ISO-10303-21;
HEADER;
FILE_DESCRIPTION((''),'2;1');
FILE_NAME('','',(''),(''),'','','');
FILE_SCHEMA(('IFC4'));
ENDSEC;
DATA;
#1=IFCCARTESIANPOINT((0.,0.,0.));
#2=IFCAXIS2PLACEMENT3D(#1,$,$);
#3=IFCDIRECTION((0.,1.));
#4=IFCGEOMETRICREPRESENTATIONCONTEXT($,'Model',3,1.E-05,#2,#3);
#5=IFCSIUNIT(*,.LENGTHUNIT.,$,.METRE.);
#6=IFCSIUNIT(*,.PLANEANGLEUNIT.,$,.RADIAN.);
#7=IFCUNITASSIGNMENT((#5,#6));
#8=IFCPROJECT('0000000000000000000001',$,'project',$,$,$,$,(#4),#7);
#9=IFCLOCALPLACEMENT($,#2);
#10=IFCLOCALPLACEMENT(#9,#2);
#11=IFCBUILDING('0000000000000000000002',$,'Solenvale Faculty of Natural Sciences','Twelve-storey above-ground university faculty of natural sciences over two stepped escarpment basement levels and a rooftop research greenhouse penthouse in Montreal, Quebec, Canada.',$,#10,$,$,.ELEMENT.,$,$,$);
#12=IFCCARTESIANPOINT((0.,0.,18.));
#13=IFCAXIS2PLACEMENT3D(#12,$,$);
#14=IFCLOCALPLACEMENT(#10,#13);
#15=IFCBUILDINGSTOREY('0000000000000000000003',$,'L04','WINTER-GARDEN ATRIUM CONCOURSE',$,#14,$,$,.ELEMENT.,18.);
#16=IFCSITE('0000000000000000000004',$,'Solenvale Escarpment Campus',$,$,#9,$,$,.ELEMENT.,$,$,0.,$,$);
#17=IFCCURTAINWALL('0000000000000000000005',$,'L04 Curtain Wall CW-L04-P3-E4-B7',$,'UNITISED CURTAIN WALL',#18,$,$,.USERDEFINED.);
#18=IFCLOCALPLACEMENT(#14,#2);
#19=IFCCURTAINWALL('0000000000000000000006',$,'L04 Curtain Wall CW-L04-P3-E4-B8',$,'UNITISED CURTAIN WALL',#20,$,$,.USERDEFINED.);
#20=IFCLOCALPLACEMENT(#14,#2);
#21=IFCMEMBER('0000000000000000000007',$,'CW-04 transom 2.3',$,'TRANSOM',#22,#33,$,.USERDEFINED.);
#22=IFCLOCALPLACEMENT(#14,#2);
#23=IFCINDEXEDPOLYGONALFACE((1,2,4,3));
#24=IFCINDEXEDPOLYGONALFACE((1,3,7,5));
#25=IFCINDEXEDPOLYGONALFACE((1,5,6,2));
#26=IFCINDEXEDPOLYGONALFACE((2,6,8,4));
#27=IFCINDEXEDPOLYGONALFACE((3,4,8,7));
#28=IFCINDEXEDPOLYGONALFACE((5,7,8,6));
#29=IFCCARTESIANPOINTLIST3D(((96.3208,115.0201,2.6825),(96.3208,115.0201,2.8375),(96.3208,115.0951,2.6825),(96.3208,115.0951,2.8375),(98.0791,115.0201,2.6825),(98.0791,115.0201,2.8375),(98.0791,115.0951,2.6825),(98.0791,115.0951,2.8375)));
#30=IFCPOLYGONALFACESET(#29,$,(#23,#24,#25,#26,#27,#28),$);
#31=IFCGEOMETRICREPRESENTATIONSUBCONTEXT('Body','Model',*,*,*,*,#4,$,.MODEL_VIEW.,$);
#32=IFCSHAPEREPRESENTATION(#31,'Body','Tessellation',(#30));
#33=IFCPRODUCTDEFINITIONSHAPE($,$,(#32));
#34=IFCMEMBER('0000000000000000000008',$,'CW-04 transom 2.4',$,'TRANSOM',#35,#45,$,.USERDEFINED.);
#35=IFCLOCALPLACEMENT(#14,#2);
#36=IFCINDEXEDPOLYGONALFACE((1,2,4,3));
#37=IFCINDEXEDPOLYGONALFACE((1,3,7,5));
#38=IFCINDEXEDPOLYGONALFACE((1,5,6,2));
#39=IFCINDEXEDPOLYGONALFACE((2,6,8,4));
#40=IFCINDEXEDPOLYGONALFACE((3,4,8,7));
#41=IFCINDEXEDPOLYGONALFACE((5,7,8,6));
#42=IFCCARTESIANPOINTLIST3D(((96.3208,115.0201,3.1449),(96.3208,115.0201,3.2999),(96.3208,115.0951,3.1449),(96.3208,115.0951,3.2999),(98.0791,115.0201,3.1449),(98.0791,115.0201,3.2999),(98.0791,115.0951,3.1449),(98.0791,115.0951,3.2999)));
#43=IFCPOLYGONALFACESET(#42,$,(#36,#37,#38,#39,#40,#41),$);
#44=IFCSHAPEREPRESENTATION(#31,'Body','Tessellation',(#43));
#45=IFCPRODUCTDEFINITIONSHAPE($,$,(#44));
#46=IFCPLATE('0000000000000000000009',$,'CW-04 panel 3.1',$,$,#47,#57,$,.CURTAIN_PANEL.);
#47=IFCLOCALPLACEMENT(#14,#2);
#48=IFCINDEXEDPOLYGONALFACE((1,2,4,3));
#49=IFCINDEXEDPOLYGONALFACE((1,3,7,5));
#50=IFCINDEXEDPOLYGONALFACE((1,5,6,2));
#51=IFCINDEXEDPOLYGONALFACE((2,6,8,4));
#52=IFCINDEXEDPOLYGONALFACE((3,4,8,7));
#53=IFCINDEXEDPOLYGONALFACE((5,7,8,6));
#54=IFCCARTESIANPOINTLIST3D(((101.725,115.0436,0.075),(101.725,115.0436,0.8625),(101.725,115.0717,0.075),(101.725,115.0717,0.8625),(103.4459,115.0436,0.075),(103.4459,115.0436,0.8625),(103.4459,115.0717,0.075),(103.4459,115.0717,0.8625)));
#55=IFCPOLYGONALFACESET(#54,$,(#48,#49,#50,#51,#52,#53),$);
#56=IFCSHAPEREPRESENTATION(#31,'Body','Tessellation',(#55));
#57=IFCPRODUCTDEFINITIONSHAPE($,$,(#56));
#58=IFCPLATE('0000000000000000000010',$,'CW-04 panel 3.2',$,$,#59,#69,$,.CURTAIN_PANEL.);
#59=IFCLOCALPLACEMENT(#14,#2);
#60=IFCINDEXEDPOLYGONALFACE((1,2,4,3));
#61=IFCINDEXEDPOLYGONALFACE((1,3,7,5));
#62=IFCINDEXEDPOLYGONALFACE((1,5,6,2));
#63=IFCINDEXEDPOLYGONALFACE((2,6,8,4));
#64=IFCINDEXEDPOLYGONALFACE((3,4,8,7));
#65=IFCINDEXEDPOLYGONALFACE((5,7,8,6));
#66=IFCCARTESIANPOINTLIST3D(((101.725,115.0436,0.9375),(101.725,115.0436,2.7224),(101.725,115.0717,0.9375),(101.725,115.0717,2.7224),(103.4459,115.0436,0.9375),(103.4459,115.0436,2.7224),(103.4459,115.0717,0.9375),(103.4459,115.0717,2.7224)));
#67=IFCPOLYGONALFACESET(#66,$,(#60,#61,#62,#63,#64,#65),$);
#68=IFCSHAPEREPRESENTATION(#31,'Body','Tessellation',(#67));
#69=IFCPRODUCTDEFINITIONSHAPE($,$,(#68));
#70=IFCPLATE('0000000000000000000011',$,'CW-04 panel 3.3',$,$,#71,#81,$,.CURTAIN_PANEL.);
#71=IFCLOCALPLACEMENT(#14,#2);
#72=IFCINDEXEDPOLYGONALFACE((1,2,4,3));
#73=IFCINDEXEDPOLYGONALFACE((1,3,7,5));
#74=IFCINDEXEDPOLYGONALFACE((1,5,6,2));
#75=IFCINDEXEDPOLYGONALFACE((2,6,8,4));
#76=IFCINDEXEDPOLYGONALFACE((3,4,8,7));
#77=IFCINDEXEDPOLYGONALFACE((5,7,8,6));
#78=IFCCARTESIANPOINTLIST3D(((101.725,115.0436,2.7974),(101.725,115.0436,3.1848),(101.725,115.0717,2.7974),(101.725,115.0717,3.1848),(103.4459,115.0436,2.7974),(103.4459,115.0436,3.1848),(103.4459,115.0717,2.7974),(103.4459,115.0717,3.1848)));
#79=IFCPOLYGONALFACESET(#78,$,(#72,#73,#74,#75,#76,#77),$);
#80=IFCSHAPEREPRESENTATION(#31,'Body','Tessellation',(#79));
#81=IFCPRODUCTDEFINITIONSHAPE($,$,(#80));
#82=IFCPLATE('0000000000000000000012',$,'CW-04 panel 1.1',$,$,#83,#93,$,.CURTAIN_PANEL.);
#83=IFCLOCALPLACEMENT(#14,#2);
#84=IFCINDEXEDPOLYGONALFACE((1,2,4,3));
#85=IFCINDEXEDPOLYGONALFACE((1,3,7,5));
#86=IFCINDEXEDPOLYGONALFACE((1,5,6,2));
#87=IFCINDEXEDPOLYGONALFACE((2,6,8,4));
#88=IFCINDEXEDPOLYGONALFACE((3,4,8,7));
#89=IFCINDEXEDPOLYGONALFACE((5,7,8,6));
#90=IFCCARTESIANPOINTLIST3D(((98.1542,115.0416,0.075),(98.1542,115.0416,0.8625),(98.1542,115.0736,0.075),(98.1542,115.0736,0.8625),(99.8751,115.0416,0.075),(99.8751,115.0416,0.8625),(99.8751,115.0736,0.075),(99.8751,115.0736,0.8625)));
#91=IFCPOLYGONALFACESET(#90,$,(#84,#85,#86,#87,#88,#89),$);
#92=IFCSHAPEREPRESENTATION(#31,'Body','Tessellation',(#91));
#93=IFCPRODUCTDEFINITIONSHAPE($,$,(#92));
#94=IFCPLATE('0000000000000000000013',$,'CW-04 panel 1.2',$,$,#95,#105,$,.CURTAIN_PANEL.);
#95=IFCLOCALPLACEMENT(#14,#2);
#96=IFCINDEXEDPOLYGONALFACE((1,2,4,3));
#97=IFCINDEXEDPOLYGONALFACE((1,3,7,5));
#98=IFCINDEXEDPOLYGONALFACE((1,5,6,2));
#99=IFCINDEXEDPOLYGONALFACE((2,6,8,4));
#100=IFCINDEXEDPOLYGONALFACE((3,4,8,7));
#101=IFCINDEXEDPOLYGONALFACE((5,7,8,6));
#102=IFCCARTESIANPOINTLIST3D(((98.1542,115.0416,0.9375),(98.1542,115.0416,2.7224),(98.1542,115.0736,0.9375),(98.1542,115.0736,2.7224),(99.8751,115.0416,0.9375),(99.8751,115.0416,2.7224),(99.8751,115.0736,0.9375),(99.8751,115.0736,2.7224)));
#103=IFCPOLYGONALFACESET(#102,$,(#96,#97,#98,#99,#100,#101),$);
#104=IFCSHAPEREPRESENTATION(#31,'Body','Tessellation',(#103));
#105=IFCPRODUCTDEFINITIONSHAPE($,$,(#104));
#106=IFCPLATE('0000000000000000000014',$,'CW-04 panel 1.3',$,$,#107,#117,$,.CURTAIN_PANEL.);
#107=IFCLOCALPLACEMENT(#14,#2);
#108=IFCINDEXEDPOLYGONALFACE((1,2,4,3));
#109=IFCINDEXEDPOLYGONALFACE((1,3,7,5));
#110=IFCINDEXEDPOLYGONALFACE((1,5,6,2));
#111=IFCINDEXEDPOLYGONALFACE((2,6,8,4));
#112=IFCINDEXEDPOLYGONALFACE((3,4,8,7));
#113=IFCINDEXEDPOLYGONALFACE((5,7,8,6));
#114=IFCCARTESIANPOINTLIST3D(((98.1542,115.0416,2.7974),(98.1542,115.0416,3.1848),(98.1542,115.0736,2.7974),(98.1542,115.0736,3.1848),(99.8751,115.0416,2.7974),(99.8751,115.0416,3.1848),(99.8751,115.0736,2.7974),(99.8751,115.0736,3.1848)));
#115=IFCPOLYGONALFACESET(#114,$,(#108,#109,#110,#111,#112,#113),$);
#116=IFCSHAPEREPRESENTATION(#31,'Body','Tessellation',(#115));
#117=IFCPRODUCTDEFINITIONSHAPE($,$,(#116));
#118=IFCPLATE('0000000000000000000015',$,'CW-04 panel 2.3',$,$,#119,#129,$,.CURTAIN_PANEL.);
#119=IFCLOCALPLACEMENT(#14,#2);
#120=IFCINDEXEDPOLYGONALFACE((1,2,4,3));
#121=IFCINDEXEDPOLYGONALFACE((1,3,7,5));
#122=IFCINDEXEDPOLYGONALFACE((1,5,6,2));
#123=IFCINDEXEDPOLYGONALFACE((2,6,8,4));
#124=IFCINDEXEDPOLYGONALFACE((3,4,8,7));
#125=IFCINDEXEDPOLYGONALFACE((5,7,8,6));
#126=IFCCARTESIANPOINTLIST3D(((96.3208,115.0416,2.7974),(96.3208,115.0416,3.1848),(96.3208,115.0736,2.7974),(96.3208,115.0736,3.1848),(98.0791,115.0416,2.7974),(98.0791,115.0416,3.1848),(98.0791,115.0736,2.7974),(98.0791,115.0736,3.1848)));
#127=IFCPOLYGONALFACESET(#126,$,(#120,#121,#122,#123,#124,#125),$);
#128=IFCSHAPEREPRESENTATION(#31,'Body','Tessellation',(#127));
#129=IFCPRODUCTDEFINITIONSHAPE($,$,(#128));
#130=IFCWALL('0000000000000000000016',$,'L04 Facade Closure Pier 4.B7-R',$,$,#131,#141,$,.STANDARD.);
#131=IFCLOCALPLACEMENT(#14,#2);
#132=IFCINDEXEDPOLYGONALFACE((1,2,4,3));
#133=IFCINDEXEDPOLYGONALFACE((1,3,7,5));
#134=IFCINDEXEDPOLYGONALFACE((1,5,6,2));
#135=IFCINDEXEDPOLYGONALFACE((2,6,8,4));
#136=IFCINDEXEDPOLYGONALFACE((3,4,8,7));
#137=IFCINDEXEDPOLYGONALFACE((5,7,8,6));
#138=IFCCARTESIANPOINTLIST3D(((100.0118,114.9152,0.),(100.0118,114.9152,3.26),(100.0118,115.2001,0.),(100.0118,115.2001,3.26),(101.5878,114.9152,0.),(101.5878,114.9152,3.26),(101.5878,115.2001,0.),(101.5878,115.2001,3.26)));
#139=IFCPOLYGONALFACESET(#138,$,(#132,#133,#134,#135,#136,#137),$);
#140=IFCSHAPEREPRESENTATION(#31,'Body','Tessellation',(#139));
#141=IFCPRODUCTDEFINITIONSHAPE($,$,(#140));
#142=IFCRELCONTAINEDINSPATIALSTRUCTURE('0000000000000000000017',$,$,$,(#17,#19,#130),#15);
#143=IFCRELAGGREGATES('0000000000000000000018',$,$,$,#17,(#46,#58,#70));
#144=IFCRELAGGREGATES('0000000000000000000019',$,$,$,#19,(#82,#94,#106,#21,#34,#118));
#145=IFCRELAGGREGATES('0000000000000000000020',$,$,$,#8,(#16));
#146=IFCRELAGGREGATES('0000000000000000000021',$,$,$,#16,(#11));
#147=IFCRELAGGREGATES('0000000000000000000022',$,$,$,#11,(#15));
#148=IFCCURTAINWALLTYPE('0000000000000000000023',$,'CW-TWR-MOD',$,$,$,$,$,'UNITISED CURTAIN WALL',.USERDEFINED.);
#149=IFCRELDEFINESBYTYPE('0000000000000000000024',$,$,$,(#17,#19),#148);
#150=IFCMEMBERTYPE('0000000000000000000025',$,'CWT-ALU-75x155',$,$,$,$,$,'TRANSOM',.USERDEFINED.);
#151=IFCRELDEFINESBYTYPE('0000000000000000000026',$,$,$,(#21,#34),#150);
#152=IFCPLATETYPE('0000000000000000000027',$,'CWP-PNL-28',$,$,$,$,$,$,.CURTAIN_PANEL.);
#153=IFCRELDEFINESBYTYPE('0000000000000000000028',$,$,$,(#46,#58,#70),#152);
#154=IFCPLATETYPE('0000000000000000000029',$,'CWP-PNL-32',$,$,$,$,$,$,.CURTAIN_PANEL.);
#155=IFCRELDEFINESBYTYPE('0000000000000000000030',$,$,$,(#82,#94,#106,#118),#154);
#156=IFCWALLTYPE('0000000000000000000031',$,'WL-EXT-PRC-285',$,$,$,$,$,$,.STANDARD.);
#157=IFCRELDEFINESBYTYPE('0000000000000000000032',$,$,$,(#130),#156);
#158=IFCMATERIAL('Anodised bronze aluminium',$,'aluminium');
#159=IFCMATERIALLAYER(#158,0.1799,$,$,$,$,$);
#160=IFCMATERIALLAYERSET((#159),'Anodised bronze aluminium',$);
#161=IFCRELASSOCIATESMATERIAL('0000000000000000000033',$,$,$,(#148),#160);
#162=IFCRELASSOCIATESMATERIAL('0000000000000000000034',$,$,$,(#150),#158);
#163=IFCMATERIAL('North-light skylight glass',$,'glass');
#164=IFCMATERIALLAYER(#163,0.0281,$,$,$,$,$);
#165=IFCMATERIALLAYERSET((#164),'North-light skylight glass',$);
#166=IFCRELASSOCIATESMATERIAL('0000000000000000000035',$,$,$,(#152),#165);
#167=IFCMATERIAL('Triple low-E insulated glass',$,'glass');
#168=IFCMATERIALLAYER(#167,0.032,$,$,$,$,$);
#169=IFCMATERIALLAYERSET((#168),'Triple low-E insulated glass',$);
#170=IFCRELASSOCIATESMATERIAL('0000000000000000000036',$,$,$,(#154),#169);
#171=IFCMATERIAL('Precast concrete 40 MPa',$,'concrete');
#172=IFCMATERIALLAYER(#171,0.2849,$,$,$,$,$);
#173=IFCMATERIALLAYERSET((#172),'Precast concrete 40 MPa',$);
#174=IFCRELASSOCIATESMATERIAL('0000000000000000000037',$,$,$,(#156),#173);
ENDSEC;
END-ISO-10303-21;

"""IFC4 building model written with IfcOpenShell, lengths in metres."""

from ifc_helpers import new_model, si_unit, direction, frame, frame_2d, origin, origin_2d, place, context, subcontext, project, spatial, rectangle, extrude, material, layer, layer_set, material_profile, profile_set, type_object, element, aggregate, save


model = new_model("IFC4")

# Units and contexts
model_context = context("Model", 3, precision=1e-05, world=origin(), true_north=direction((0.0, 1.0)))
body_context = subcontext(model_context, "Body", "Model", "MODEL_VIEW")
ifc_project = project(units=[si_unit("LENGTHUNIT", "METRE"), si_unit("PLANEANGLEUNIT", "RADIAN")], contexts=[model_context])

# Site, building, storey
site_placement = place(None, origin())
site = spatial("IfcSite", under=ifc_project, at=site_placement, Name="Solenvale Escarpment Campus", CompositionType="ELEMENT", RefElevation=0.0)
building_placement = place(site_placement, origin())
building = spatial("IfcBuilding", under=site, at=building_placement, Name="Solenvale Faculty of Natural Sciences", Description="Twelve-storey above-ground university faculty of natural sciences over two stepped escarpment basement levels and a rooftop research greenhouse penthouse in Montreal, Quebec, Canada.", CompositionType="ELEMENT")
storey_placement = place(building_placement, frame((0.0, 0.0, 18.0)))
storey = spatial("IfcBuildingStorey", under=building, at=storey_placement, Name="L04", Description="WINTER-GARDEN ATRIUM CONCOURSE", CompositionType="ELEMENT", Elevation=18.0)

# Shared definitions
ifc_material_1 = material(Name="Precast concrete 40 MPa", Category="concrete")

# Curtain wall
ifc_material_2 = material(Name="Anodised bronze aluminium", Category="aluminium")
ifc_layer_1 = layer(ifc_material_2, 0.1799)
ifc_layer_set_1 = layer_set([ifc_layer_1], Name="Anodised bronze aluminium")
curtain_wall_type = type_object("IfcCurtainWallType", Name="CW-TWR-MOD", ElementType="UNITISED CURTAIN WALL", PredefinedType="USERDEFINED", material=ifc_layer_set_1)
curtain_wall_1_placement = place(storey_placement, origin())
curtain_wall_1 = element("IfcCurtainWall", 1, at=curtain_wall_1_placement, inside=storey, type_object=curtain_wall_type, Name="L04 Curtain Wall CW-L04-P3-E4-B7", ObjectType="UNITISED CURTAIN WALL", PredefinedType="USERDEFINED")

# Curtain wall
curtain_wall_2_placement = place(storey_placement, origin())
curtain_wall_2 = element("IfcCurtainWall", 2, at=curtain_wall_2_placement, inside=storey, type_object=curtain_wall_type, Name="L04 Curtain Wall CW-L04-P3-E4-B8", ObjectType="UNITISED CURTAIN WALL", PredefinedType="USERDEFINED")

# Members
ifc_material_profile_1 = material_profile(ifc_material_2, rectangle(XDim=0.075, YDim=0.155, at=origin_2d()), Name="ALU-TRN-75x155")
ifc_profile_set_1 = profile_set([ifc_material_profile_1], Name="Anodised bronze aluminium")
member_type_1 = type_object("IfcMemberType", Name="CWT-ALU-75x155", ElementType="TRANSOM", PredefinedType="USERDEFINED", material=ifc_profile_set_1)
member_1_placement = place(storey_placement, frame((98.0791, 115.0576, 2.76), z_axis=(-1.0, 0.0, 0.0), x_axis=(0.0, -1.0, 0.0)))
member_1 = element("IfcMember", 3, at=member_1_placement, type_object=member_type_1, Name="CW-04 transom 2.3", ObjectType="TRANSOM", PredefinedType="USERDEFINED", context=body_context, shape_type="SweptSolid", body=[
    extrude(rectangle(XDim=0.075, YDim=0.155, at=origin_2d()), origin(), (0.0, 0.0, 1.0), 1.7583),
])
member_2_placement = place(storey_placement, frame((98.0791, 115.0576, 3.2224), z_axis=(-1.0, 0.0, 0.0), x_axis=(0.0, -1.0, 0.0)))
member_2 = element("IfcMember", 4, at=member_2_placement, type_object=member_type_1, Name="CW-04 transom 2.4", ObjectType="TRANSOM", PredefinedType="USERDEFINED", context=body_context, shape_type="SweptSolid", body=[
    extrude(rectangle(XDim=0.075, YDim=0.155, at=origin_2d()), origin(), (0.0, 0.0, 1.0), 1.7583),
])

# Plates
ifc_material_3 = material(Name="North-light skylight glass", Category="glass")
ifc_layer_2 = layer(ifc_material_3, 0.0281)
ifc_layer_set_2 = layer_set([ifc_layer_2], Name="North-light skylight glass")
plate_type_1 = type_object("IfcPlateType", Name="CWP-PNL-28", PredefinedType="CURTAIN_PANEL", material=ifc_layer_set_2)
plate_1_placement = place(storey_placement, frame((102.5854, 115.0576, 0.075), z_axis=(0.0, 0.0, 1.0), x_axis=(-1.0, 0.0, 0.0)))
plate_1 = element("IfcPlate", 5, at=plate_1_placement, type_object=plate_type_1, Name="CW-04 panel 3.1", PredefinedType="CURTAIN_PANEL", context=body_context, shape_type="SweptSolid", body=[
    extrude(rectangle(XDim=1.7209, YDim=0.0281, at=origin_2d()), origin(), (0.0, 0.0, 1.0), 0.7876),
])
plate_2_placement = place(storey_placement, frame((102.5854, 115.0576, 0.9375), z_axis=(0.0, 0.0, 1.0), x_axis=(-1.0, 0.0, 0.0)))
plate_2 = element("IfcPlate", 6, at=plate_2_placement, type_object=plate_type_1, Name="CW-04 panel 3.2", PredefinedType="CURTAIN_PANEL", context=body_context, shape_type="SweptSolid", body=[
    extrude(rectangle(XDim=1.7209, YDim=0.0281, at=origin_2d()), origin(), (0.0, 0.0, 1.0), 1.7849),
])
plate_3_placement = place(storey_placement, frame((102.5854, 115.0576, 2.7974), z_axis=(0.0, 0.0, 1.0), x_axis=(-1.0, 0.0, 0.0)))
plate_3 = element("IfcPlate", 7, at=plate_3_placement, type_object=plate_type_1, Name="CW-04 panel 3.3", PredefinedType="CURTAIN_PANEL", context=body_context, shape_type="SweptSolid", body=[
    extrude(rectangle(XDim=1.7209, YDim=0.0281, at=origin_2d()), origin(), (0.0, 0.0, 1.0), 0.3875),
])
aggregate(curtain_wall_1, [plate_1, plate_2, plate_3])
ifc_material_4 = material(Name="Triple low-E insulated glass", Category="glass")
ifc_layer_3 = layer(ifc_material_4, 0.032)
ifc_layer_set_3 = layer_set([ifc_layer_3], Name="Triple low-E insulated glass")
plate_type_2 = type_object("IfcPlateType", Name="CWP-PNL-32", PredefinedType="CURTAIN_PANEL", material=ifc_layer_set_3)
plate_4_placement = place(storey_placement, frame((99.0146, 115.0576, 0.075), z_axis=(0.0, 0.0, 1.0), x_axis=(-1.0, 0.0, 0.0)))
plate_4 = element("IfcPlate", 8, at=plate_4_placement, type_object=plate_type_2, Name="CW-04 panel 1.1", PredefinedType="CURTAIN_PANEL", context=body_context, shape_type="SweptSolid", body=[
    extrude(rectangle(XDim=1.7209, YDim=0.032, at=origin_2d()), origin(), (0.0, 0.0, 1.0), 0.7876),
])
plate_5_placement = place(storey_placement, frame((99.0146, 115.0576, 0.9375), z_axis=(0.0, 0.0, 1.0), x_axis=(-1.0, 0.0, 0.0)))
plate_5 = element("IfcPlate", 9, at=plate_5_placement, type_object=plate_type_2, Name="CW-04 panel 1.2", PredefinedType="CURTAIN_PANEL", context=body_context, shape_type="SweptSolid", body=[
    extrude(rectangle(XDim=1.7209, YDim=0.032, at=origin_2d()), origin(), (0.0, 0.0, 1.0), 1.7849),
])
plate_6_placement = place(storey_placement, frame((99.0146, 115.0576, 2.7974), z_axis=(0.0, 0.0, 1.0), x_axis=(-1.0, 0.0, 0.0)))
plate_6 = element("IfcPlate", 10, at=plate_6_placement, type_object=plate_type_2, Name="CW-04 panel 1.3", PredefinedType="CURTAIN_PANEL", context=body_context, shape_type="SweptSolid", body=[
    extrude(rectangle(XDim=1.7209, YDim=0.032, at=origin_2d()), origin(), (0.0, 0.0, 1.0), 0.3875),
])
plate_7_placement = place(storey_placement, frame((97.2, 115.0576, 2.7974), z_axis=(0.0, 0.0, 1.0), x_axis=(-1.0, 0.0, 0.0)))
plate_7 = element("IfcPlate", 11, at=plate_7_placement, type_object=plate_type_2, Name="CW-04 panel 2.3", PredefinedType="CURTAIN_PANEL", context=body_context, shape_type="SweptSolid", body=[
    extrude(rectangle(XDim=1.7583, YDim=0.032, at=origin_2d()), origin(), (0.0, 0.0, 1.0), 0.3875),
])
aggregate(curtain_wall_2, [plate_4, plate_5, plate_6, member_1, member_2, plate_7])

# Wall
ifc_layer_4 = layer(ifc_material_1, 0.2849)
ifc_layer_set_4 = layer_set([ifc_layer_4], Name="Precast concrete 40 MPa")
wall_type = type_object("IfcWallType", Name="WL-EXT-PRC-285", PredefinedType="STANDARD", material=ifc_layer_set_4)
wall_placement = place(storey_placement, frame((101.5879, 115.0576, 0.0), z_axis=(0.0, 0.0, 1.0), x_axis=(-1.0, 0.0, 0.0)))
element("IfcWall", 12, at=wall_placement, inside=storey, type_object=wall_type, Name="L04 Facade Closure Pier 4.B7-R", PredefinedType="STANDARD", context=body_context, shape_type="SweptSolid", body=[
    extrude(rectangle(XDim=1.5759, YDim=0.2849, at=frame_2d((0.7881, 0.0))), origin(), (0.0, 0.0, 1.0), 3.26),
])

save(model, "model.ifc")
